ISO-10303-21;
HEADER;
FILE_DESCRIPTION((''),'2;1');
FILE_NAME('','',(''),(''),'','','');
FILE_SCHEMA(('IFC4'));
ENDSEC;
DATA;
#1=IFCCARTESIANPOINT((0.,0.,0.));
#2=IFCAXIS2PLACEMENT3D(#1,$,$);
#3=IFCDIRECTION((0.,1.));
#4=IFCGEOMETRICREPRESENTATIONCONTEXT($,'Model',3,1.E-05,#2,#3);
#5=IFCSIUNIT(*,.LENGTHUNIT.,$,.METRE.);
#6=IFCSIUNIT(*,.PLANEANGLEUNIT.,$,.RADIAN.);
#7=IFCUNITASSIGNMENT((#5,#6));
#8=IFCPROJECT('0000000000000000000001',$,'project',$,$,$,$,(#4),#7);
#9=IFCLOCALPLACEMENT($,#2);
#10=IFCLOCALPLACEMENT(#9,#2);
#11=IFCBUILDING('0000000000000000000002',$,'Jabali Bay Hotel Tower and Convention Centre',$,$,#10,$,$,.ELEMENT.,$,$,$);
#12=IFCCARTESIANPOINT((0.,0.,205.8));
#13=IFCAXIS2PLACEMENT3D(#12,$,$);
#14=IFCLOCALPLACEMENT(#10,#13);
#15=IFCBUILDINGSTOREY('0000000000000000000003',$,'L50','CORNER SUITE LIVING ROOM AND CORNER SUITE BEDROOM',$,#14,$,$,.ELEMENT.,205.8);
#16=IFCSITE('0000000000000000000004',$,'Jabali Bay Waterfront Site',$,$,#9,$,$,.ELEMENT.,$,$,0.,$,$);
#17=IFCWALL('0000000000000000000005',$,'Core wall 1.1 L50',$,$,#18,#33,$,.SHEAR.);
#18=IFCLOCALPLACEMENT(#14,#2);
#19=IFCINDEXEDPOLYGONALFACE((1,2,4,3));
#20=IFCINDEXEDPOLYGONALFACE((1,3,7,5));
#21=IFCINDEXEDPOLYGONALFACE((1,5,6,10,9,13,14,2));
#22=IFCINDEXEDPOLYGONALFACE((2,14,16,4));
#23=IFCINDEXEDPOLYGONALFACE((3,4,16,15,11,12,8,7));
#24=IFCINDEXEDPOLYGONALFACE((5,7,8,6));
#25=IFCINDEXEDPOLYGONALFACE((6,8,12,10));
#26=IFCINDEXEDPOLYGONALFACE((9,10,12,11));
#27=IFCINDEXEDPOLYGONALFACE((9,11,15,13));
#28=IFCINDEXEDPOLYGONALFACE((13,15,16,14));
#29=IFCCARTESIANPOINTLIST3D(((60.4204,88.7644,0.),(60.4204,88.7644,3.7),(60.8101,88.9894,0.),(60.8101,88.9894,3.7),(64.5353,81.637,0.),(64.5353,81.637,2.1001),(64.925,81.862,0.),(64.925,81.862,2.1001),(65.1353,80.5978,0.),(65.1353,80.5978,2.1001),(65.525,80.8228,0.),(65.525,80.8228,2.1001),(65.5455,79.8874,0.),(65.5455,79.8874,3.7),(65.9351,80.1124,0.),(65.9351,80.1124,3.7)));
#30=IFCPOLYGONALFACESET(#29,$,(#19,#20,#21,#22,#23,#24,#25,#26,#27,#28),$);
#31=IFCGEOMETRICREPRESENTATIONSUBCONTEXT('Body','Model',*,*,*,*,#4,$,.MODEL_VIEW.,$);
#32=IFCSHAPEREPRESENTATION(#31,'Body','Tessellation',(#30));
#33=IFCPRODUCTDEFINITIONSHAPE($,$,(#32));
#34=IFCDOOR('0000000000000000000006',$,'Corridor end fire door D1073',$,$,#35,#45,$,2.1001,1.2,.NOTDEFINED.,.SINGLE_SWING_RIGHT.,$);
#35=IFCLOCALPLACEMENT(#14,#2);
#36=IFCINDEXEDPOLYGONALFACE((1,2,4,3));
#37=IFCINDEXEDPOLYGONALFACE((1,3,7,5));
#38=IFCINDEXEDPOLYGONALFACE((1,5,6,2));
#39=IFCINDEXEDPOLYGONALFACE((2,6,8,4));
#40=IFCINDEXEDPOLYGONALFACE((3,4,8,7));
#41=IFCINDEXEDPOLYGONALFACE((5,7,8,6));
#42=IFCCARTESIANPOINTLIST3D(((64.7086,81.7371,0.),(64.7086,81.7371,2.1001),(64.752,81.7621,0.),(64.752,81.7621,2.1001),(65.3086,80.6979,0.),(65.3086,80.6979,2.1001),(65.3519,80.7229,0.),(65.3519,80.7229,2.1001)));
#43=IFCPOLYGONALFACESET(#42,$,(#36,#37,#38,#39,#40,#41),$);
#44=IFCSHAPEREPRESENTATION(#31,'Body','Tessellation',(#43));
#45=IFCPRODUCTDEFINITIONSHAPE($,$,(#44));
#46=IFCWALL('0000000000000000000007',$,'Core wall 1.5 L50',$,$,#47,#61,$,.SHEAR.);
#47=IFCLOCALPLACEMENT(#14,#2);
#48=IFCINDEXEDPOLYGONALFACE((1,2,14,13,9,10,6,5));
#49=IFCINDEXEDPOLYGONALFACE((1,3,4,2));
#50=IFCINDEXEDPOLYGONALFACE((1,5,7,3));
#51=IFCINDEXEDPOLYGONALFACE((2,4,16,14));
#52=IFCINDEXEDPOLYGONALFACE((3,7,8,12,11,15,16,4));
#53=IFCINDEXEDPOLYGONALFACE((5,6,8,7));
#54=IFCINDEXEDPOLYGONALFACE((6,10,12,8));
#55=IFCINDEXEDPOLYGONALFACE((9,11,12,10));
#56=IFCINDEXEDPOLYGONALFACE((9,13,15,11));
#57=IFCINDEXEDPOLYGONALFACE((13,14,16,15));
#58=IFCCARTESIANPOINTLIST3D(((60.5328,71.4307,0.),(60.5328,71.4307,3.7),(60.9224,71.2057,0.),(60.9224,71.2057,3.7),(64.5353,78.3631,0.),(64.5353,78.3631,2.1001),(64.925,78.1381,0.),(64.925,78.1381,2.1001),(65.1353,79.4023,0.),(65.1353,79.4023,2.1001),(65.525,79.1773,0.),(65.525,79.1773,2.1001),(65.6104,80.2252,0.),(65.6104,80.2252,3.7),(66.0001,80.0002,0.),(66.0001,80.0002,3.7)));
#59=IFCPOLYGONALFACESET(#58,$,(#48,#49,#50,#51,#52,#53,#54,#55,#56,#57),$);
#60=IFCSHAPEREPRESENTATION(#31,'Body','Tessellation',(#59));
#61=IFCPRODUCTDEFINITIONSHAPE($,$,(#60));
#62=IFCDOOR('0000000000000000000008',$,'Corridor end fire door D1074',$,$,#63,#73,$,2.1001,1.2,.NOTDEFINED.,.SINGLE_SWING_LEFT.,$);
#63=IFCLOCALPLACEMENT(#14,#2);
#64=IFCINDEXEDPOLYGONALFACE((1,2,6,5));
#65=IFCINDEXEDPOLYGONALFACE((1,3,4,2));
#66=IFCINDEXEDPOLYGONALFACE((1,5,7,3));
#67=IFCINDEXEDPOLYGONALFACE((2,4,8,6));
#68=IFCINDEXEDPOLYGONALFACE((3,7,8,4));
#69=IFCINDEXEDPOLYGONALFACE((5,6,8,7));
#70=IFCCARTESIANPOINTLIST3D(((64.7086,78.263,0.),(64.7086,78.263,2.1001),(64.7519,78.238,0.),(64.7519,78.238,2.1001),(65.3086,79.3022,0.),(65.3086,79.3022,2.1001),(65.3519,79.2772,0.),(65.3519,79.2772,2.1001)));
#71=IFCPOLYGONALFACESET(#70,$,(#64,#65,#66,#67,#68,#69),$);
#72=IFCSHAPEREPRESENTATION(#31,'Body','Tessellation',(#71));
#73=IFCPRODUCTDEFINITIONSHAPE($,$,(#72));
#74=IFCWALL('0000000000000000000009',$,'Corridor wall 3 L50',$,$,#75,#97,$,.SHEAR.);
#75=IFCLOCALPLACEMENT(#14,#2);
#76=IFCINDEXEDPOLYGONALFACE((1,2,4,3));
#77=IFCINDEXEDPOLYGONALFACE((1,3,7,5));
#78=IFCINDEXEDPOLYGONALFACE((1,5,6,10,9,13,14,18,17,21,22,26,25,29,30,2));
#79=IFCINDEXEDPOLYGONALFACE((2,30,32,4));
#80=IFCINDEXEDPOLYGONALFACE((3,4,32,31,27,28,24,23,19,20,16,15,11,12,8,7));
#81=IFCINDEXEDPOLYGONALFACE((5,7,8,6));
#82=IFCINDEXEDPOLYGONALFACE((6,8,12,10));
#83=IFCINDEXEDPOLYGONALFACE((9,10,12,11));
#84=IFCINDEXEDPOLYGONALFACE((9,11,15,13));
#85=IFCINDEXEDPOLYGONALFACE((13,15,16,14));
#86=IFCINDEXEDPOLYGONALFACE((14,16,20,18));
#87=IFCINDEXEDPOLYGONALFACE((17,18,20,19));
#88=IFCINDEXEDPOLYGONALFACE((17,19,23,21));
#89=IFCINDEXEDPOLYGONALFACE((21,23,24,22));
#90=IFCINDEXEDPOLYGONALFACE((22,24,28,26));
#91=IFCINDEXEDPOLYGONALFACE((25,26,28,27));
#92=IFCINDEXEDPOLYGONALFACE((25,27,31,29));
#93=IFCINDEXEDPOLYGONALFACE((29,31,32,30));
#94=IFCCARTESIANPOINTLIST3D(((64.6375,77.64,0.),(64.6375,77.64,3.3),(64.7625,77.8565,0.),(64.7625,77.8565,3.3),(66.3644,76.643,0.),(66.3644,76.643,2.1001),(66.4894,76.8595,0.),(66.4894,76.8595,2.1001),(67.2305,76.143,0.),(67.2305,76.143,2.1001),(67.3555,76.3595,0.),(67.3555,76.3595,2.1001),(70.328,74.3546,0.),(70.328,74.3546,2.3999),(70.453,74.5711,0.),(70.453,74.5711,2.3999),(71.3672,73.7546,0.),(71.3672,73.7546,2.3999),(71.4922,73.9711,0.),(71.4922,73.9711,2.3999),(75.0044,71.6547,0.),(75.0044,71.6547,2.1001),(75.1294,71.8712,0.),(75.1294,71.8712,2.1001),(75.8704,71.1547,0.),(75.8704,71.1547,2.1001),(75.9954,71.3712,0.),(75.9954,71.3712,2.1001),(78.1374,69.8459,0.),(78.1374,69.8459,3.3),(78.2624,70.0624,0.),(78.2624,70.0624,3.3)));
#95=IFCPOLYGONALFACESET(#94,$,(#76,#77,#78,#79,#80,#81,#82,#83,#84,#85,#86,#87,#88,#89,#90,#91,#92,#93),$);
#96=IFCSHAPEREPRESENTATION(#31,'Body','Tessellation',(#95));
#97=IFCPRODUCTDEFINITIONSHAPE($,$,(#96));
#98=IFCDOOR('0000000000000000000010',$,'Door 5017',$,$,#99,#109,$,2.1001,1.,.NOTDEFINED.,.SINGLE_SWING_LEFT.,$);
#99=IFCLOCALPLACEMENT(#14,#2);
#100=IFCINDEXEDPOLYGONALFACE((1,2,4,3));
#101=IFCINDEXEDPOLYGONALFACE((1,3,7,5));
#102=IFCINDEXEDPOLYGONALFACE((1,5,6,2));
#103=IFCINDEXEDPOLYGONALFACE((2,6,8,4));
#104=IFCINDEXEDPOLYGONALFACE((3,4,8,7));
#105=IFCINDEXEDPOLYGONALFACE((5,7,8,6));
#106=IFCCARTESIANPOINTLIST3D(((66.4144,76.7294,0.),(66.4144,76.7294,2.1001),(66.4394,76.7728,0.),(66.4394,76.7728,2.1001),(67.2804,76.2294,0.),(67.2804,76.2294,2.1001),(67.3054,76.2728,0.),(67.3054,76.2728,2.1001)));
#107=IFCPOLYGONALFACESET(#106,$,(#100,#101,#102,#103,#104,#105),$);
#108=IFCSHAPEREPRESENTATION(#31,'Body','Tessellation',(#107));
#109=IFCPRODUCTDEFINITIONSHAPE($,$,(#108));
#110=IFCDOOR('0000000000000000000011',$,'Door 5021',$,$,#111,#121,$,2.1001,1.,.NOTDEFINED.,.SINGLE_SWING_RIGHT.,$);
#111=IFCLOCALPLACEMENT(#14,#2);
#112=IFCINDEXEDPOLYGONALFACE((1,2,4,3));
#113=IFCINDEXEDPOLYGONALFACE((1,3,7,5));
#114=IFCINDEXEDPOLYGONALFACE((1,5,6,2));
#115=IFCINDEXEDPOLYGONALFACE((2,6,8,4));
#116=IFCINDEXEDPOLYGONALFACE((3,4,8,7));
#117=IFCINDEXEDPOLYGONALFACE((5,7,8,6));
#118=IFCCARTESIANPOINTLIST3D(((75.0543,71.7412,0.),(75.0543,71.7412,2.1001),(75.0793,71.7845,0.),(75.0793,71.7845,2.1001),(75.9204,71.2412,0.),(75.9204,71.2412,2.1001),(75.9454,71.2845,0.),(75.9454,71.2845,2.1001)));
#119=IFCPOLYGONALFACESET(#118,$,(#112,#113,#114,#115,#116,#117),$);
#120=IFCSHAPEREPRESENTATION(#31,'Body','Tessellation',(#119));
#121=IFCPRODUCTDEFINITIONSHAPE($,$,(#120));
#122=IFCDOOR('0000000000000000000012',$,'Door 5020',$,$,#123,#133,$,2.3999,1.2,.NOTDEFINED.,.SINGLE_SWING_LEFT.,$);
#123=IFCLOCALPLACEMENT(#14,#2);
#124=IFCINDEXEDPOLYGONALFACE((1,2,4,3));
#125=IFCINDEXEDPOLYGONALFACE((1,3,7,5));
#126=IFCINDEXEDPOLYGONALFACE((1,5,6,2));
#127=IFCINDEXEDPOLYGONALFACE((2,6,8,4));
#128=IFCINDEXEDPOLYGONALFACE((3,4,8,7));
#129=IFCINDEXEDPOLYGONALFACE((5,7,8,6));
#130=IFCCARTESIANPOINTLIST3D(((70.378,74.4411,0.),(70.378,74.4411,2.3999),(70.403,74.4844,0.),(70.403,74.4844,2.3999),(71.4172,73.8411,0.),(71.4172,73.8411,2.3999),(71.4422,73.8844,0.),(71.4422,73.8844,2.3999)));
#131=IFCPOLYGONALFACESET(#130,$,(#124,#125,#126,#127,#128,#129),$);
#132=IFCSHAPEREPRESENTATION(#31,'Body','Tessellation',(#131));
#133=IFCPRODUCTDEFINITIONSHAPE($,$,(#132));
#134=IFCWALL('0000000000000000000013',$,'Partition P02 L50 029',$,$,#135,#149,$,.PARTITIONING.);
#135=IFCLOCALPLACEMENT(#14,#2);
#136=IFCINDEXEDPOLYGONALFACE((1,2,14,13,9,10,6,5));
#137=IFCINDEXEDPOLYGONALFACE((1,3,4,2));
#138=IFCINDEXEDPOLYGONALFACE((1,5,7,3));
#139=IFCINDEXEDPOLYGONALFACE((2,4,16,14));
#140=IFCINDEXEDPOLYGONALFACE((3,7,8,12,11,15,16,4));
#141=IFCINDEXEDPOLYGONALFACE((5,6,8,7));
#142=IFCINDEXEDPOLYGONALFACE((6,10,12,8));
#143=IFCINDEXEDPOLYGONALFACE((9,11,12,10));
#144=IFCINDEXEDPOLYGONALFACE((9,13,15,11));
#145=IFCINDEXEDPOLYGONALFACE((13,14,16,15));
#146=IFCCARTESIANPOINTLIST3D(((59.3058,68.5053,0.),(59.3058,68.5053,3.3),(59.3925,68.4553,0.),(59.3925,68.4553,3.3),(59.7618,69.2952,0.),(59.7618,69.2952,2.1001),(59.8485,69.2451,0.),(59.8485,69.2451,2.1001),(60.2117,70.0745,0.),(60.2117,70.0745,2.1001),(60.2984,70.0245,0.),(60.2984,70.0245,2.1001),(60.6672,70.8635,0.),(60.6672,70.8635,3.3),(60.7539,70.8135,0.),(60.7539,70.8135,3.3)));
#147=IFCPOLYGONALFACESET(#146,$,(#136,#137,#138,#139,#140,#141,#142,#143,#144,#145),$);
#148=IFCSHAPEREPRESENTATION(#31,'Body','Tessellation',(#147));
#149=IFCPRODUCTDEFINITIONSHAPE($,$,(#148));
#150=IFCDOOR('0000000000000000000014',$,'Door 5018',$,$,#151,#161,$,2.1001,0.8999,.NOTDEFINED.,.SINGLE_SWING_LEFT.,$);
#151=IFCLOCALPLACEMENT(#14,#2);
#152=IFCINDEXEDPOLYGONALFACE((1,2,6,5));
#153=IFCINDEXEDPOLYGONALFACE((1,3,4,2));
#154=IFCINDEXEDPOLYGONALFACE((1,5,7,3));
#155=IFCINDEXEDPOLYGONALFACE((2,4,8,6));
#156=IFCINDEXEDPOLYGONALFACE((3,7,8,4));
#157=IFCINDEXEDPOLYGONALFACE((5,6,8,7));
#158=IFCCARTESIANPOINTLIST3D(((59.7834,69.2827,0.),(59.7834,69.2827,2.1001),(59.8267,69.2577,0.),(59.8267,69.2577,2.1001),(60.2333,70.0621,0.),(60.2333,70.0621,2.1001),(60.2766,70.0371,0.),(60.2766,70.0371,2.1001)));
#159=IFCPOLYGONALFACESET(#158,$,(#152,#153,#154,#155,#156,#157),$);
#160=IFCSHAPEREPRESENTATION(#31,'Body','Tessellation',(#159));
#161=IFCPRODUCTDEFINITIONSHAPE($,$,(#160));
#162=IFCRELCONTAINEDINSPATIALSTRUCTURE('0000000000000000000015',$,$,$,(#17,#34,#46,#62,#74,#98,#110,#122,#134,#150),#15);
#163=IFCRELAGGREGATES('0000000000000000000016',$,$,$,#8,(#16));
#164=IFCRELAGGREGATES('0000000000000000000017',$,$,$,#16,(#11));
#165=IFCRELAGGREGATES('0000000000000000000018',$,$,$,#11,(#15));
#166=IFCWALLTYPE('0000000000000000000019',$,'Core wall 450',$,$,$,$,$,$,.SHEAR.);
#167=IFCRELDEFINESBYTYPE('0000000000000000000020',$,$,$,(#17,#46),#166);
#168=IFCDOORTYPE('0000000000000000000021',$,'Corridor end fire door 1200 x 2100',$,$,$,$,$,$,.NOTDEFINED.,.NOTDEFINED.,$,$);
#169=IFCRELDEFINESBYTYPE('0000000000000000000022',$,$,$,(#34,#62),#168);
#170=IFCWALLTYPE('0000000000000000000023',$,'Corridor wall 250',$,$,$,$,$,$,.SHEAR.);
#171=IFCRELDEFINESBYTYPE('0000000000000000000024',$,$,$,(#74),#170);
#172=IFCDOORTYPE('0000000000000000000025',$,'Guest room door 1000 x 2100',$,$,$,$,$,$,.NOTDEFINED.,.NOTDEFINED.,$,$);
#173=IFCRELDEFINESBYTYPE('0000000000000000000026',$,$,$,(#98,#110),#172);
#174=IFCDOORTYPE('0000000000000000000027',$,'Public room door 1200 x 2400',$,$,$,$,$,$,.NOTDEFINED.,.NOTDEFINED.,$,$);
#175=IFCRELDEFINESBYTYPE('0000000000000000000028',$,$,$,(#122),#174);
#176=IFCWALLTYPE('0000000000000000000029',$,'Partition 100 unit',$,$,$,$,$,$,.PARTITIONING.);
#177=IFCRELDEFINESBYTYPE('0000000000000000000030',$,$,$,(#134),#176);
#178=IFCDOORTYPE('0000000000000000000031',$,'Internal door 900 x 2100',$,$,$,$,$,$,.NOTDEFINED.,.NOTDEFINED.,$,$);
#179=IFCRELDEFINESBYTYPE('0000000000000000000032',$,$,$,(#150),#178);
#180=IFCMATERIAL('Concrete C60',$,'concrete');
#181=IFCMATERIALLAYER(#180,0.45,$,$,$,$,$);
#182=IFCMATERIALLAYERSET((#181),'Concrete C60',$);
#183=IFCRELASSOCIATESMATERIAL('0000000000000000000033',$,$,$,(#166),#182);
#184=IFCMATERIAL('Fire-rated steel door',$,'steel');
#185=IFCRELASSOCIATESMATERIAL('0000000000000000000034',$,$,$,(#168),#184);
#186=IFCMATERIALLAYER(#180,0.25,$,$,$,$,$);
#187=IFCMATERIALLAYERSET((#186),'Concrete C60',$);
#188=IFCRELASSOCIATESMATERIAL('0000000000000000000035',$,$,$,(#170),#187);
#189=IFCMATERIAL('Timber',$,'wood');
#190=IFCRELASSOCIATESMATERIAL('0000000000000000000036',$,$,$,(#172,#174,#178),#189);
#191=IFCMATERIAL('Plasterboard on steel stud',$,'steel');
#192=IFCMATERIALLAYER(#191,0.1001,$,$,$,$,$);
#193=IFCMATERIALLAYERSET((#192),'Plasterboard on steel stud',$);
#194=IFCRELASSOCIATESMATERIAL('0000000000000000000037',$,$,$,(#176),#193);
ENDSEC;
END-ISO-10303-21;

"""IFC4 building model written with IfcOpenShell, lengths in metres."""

from ifc_helpers import new_model, si_unit, direction, frame, frame_2d, origin, place, context, subcontext, project, spatial, rectangle, extrude, material, layer, layer_set, type_object, element, fill, save


model = new_model("IFC4")

# Units and contexts
model_context = context("Model", 3, precision=1e-05, world=origin(), true_north=direction((0.0, 1.0)))
body_context = subcontext(model_context, "Body", "Model", "MODEL_VIEW")
ifc_project = project(units=[si_unit("LENGTHUNIT", "METRE"), si_unit("PLANEANGLEUNIT", "RADIAN")], contexts=[model_context])

# Site, building, storey
site_placement = place(None, origin())
site = spatial("IfcSite", under=ifc_project, at=site_placement, Name="Jabali Bay Waterfront Site", CompositionType="ELEMENT", RefElevation=0.0)
building_placement = place(site_placement, origin())
building = spatial("IfcBuilding", under=site, at=building_placement, Name="Jabali Bay Hotel Tower and Convention Centre", CompositionType="ELEMENT")
storey_placement = place(building_placement, frame((0.0, 0.0, 205.8)))
storey = spatial("IfcBuildingStorey", under=building, at=storey_placement, Name="L50", Description="CORNER SUITE LIVING ROOM AND CORNER SUITE BEDROOM", CompositionType="ELEMENT", Elevation=205.8)

# Shared definitions
ifc_material_1 = material(Name="Concrete C60", Category="concrete")

# Shared definitions
ifc_material_2 = material(Name="Fire-rated steel door", Category="steel")

# Walls, openings, doors
ifc_layer_1 = layer(ifc_material_1, 0.45)
ifc_layer_set_1 = layer_set([ifc_layer_1], Name="Concrete C60")
wall_type_1 = type_object("IfcWallType", Name="Core wall 450", PredefinedType="SHEAR", material=ifc_layer_set_1)
wall_1_placement = place(storey_placement, frame((65.7402, 80.0, 0.0), z_axis=(0.0, 0.0, 1.0), x_axis=(-0.499992, 0.86603, 0.0)))
wall_1 = element("IfcWall", 1, at=wall_1_placement, inside=storey, type_object=wall_type_1, Name="Core wall 1.1 L50", PredefinedType="SHEAR", context=body_context, shape_type="SweptSolid", body=[
    extrude(rectangle(XDim=10.2502, YDim=0.45, at=frame_2d((5.125, 0.0))), origin(), (0.0, 0.0, 1.0), 3.7),
])
opening_1_placement = place(wall_1_placement, frame((0.8201, 0.0, 0.0)))
opening_1 = element("IfcOpeningElement", 2, at=opening_1_placement, cuts=wall_1, PredefinedType="OPENING", context=body_context, shape_type="SweptSolid", body=[
    extrude(rectangle(XDim=1.2, YDim=2.1001, at=frame_2d((0.6001, 1.05))), frame((0.0, 0.2354, 0.0), z_axis=(0.0, -1.0, 0.0), x_axis=(1.0, 0.0, 0.0)), (0.0, 0.0, 1.0), 0.4709),
])
door_type_1 = type_object("IfcDoorType", Name="Corridor end fire door 1200 x 2100", OperationType="NOTDEFINED", PredefinedType="NOTDEFINED", material=ifc_material_2)
door_1_placement = place(opening_1_placement, origin())
door_1 = element("IfcDoor", 3, at=door_1_placement, inside=storey, type_object=door_type_1, Name="Corridor end fire door D1073", OperationType="SINGLE_SWING_RIGHT", OverallHeight=2.1001, OverallWidth=1.2, PredefinedType="NOTDEFINED", context=body_context, shape_type="SweptSolid", body=[
    extrude(rectangle(XDim=1.2, YDim=2.1001, at=frame_2d((0.6001, 1.05))), frame((0.0, 0.0249, 0.0), z_axis=(0.0, -1.0, 0.0), x_axis=(1.0, 0.0, 0.0)), (0.0, 0.0, 1.0), 0.05),
])
fill(opening_1, door_1)
wall_2_placement = place(storey_placement, frame((60.7275, 71.3181, 0.0), z_axis=(0.0, 0.0, 1.0), x_axis=(0.500012, 0.866018, 0.0)))
wall_2 = element("IfcWall", 4, at=wall_2_placement, inside=storey, type_object=wall_type_1, Name="Core wall 1.5 L50", PredefinedType="SHEAR", context=body_context, shape_type="SweptSolid", body=[
    extrude(rectangle(XDim=10.155, YDim=0.45, at=frame_2d((5.0776, 0.0))), origin(), (0.0, 0.0, 1.0), 3.7),
])
opening_2_placement = place(wall_2_placement, frame((8.0049, 0.0, 0.0)))
opening_2 = element("IfcOpeningElement", 5, at=opening_2_placement, cuts=wall_2, PredefinedType="OPENING", context=body_context, shape_type="SweptSolid", body=[
    extrude(rectangle(XDim=1.2, YDim=2.1001, at=frame_2d((0.6001, 1.05))), frame((0.0, 0.2354, 0.0), z_axis=(0.0, -1.0, 0.0), x_axis=(1.0, 0.0, 0.0)), (0.0, 0.0, 1.0), 0.4709),
])
door_2_placement = place(opening_2_placement, origin())
door_2 = element("IfcDoor", 6, at=door_2_placement, inside=storey, type_object=door_type_1, Name="Corridor end fire door D1074", OperationType="SINGLE_SWING_LEFT", OverallHeight=2.1001, OverallWidth=1.2, PredefinedType="NOTDEFINED", context=body_context, shape_type="SweptSolid", body=[
    extrude(rectangle(XDim=1.2, YDim=2.1001, at=frame_2d((0.6001, 1.05))), frame((0.0, 0.0249, 0.0), z_axis=(0.0, -1.0, 0.0), x_axis=(1.0, 0.0, 0.0)), (0.0, 0.0, 1.0), 0.05),
])
fill(opening_2, door_2)

# Wall, openings, doors
ifc_layer_2 = layer(ifc_material_1, 0.25)
ifc_layer_set_2 = layer_set([ifc_layer_2], Name="Concrete C60")
wall_type_2 = type_object("IfcWallType", Name="Corridor wall 250", PredefinedType="SHEAR", material=ifc_layer_set_2)
wall_3_placement = place(storey_placement, frame((64.7, 77.7483, 0.0), z_axis=(0.0, 0.0, 1.0), x_axis=(0.866026, -0.499998, 0.0)))
wall_3 = element("IfcWall", 7, at=wall_3_placement, inside=storey, type_object=wall_type_2, Name="Corridor wall 3 L50", PredefinedType="SHEAR", context=body_context, shape_type="SweptSolid", body=[
    extrude(rectangle(XDim=15.5884, YDim=0.25, at=frame_2d((7.7942, 0.0))), origin(), (0.0, 0.0, 1.0), 3.3),
])
opening_3_placement = place(wall_3_placement, frame((1.9941, 0.0, 0.0)))
opening_3 = element("IfcOpeningElement", 8, at=opening_3_placement, cuts=wall_3, PredefinedType="OPENING", context=body_context, shape_type="SweptSolid", body=[
    extrude(rectangle(XDim=1.0, YDim=2.1001, at=frame_2d((0.5, 1.05))), frame((0.0, 0.1355, 0.0), z_axis=(0.0, -1.0, 0.0), x_axis=(1.0, 0.0, 0.0)), (0.0, 0.0, 1.0), 0.271),
])
opening_4_placement = place(wall_3_placement, frame((6.5708, 0.0, 0.0)))
opening_4 = element("IfcOpeningElement", 9, at=opening_4_placement, cuts=wall_3, PredefinedType="OPENING", context=body_context, shape_type="SweptSolid", body=[
    extrude(rectangle(XDim=1.2, YDim=2.3999, at=frame_2d((0.6001, 1.2))), frame((0.0, 0.1355, 0.0), z_axis=(0.0, -1.0, 0.0), x_axis=(1.0, 0.0, 0.0)), (0.0, 0.0, 1.0), 0.271),
])
opening_5_placement = place(wall_3_placement, frame((11.9707, 0.0, 0.0)))
opening_5 = element("IfcOpeningElement", 10, at=opening_5_placement, cuts=wall_3, PredefinedType="OPENING", context=body_context, shape_type="SweptSolid", body=[
    extrude(rectangle(XDim=1.0, YDim=2.1001, at=frame_2d((0.5, 1.05))), frame((0.0, 0.1355, 0.0), z_axis=(0.0, -1.0, 0.0), x_axis=(1.0, 0.0, 0.0)), (0.0, 0.0, 1.0), 0.271),
])
ifc_material_3 = material(Name="Timber", Category="wood")
door_type_2 = type_object("IfcDoorType", Name="Guest room door 1000 x 2100", OperationType="NOTDEFINED", PredefinedType="NOTDEFINED", material=ifc_material_3)
door_3_placement = place(opening_3_placement, origin())
door_3 = element("IfcDoor", 11, at=door_3_placement, inside=storey, type_object=door_type_2, Name="Door 5017", OperationType="SINGLE_SWING_LEFT", OverallHeight=2.1001, OverallWidth=1.0, PredefinedType="NOTDEFINED", context=body_context, shape_type="SweptSolid", body=[
    extrude(rectangle(XDim=1.0, YDim=2.1001, at=frame_2d((0.5, 1.05))), frame((0.0, 0.0249, 0.0), z_axis=(0.0, -1.0, 0.0), x_axis=(1.0, 0.0, 0.0)), (0.0, 0.0, 1.0), 0.05),
])
fill(opening_3, door_3)
door_4_placement = place(opening_5_placement, origin())
door_4 = element("IfcDoor", 12, at=door_4_placement, inside=storey, type_object=door_type_2, Name="Door 5021", OperationType="SINGLE_SWING_RIGHT", OverallHeight=2.1001, OverallWidth=1.0, PredefinedType="NOTDEFINED", context=body_context, shape_type="SweptSolid", body=[
    extrude(rectangle(XDim=1.0, YDim=2.1001, at=frame_2d((0.5, 1.05))), frame((0.0, 0.0249, 0.0), z_axis=(0.0, -1.0, 0.0), x_axis=(1.0, 0.0, 0.0)), (0.0, 0.0, 1.0), 0.05),
])
fill(opening_5, door_4)
door_type_3 = type_object("IfcDoorType", Name="Public room door 1200 x 2400", OperationType="NOTDEFINED", PredefinedType="NOTDEFINED", material=ifc_material_3)
door_5_placement = place(opening_4_placement, origin())
door_5 = element("IfcDoor", 13, at=door_5_placement, inside=storey, type_object=door_type_3, Name="Door 5020", OperationType="SINGLE_SWING_LEFT", OverallHeight=2.3999, OverallWidth=1.2, PredefinedType="NOTDEFINED", context=body_context, shape_type="SweptSolid", body=[
    extrude(rectangle(XDim=1.2, YDim=2.3999, at=frame_2d((0.6001, 1.2))), frame((0.0, 0.0249, 0.0), z_axis=(0.0, -1.0, 0.0), x_axis=(1.0, 0.0, 0.0)), (0.0, 0.0, 1.0), 0.05),
])
fill(opening_4, door_5)

# Wall, opening, door
ifc_material_4 = material(Name="Plasterboard on steel stud", Category="steel")
ifc_layer_3 = layer(ifc_material_4, 0.1001)
ifc_layer_set_3 = layer_set([ifc_layer_3], Name="Plasterboard on steel stud")
wall_type_3 = type_object("IfcWallType", Name="Partition 100 unit", PredefinedType="PARTITIONING", material=ifc_layer_set_3)
wall_4_placement = place(storey_placement, frame((60.7104, 70.8384, 0.0), z_axis=(0.0, 0.0, 1.0), x_axis=(-0.499958, -0.86605, 0.0)))
wall_4 = element("IfcWall", 14, at=wall_4_placement, inside=storey, type_object=wall_type_3, Name="Partition P02 L50 029", PredefinedType="PARTITIONING", context=body_context, shape_type="SweptSolid", body=[
    extrude(rectangle(XDim=2.7229, YDim=0.1001, at=frame_2d((1.3613, 0.0))), origin(), (0.0, 0.0, 1.0), 3.3),
])
opening_6_placement = place(wall_4_placement, frame((0.9109, 0.0, 0.0)))
opening_6 = element("IfcOpeningElement", 15, at=opening_6_placement, cuts=wall_4, PredefinedType="OPENING", context=body_context, shape_type="SweptSolid", body=[
    extrude(rectangle(XDim=0.8999, YDim=2.1001, at=frame_2d((0.45, 1.05))), frame((0.0, 0.0605, 0.0), z_axis=(0.0, -1.0, 0.0), x_axis=(1.0, 0.0, 0.0)), (0.0, 0.0, 1.0), 0.1211),
])
door_type_4 = type_object("IfcDoorType", Name="Internal door 900 x 2100", OperationType="NOTDEFINED", PredefinedType="NOTDEFINED", material=ifc_material_3)
door_6_placement = place(opening_6_placement, origin())
door_6 = element("IfcDoor", 16, at=door_6_placement, inside=storey, type_object=door_type_4, Name="Door 5018", OperationType="SINGLE_SWING_LEFT", OverallHeight=2.1001, OverallWidth=0.8999, PredefinedType="NOTDEFINED", context=body_context, shape_type="SweptSolid", body=[
    extrude(rectangle(XDim=0.8999, YDim=2.1001, at=frame_2d((0.45, 1.05))), frame((0.0, 0.0249, 0.0), z_axis=(0.0, -1.0, 0.0), x_axis=(1.0, 0.0, 0.0)), (0.0, 0.0, 1.0), 0.05),
])
fill(opening_6, door_6)

save(model, "model.ifc")
